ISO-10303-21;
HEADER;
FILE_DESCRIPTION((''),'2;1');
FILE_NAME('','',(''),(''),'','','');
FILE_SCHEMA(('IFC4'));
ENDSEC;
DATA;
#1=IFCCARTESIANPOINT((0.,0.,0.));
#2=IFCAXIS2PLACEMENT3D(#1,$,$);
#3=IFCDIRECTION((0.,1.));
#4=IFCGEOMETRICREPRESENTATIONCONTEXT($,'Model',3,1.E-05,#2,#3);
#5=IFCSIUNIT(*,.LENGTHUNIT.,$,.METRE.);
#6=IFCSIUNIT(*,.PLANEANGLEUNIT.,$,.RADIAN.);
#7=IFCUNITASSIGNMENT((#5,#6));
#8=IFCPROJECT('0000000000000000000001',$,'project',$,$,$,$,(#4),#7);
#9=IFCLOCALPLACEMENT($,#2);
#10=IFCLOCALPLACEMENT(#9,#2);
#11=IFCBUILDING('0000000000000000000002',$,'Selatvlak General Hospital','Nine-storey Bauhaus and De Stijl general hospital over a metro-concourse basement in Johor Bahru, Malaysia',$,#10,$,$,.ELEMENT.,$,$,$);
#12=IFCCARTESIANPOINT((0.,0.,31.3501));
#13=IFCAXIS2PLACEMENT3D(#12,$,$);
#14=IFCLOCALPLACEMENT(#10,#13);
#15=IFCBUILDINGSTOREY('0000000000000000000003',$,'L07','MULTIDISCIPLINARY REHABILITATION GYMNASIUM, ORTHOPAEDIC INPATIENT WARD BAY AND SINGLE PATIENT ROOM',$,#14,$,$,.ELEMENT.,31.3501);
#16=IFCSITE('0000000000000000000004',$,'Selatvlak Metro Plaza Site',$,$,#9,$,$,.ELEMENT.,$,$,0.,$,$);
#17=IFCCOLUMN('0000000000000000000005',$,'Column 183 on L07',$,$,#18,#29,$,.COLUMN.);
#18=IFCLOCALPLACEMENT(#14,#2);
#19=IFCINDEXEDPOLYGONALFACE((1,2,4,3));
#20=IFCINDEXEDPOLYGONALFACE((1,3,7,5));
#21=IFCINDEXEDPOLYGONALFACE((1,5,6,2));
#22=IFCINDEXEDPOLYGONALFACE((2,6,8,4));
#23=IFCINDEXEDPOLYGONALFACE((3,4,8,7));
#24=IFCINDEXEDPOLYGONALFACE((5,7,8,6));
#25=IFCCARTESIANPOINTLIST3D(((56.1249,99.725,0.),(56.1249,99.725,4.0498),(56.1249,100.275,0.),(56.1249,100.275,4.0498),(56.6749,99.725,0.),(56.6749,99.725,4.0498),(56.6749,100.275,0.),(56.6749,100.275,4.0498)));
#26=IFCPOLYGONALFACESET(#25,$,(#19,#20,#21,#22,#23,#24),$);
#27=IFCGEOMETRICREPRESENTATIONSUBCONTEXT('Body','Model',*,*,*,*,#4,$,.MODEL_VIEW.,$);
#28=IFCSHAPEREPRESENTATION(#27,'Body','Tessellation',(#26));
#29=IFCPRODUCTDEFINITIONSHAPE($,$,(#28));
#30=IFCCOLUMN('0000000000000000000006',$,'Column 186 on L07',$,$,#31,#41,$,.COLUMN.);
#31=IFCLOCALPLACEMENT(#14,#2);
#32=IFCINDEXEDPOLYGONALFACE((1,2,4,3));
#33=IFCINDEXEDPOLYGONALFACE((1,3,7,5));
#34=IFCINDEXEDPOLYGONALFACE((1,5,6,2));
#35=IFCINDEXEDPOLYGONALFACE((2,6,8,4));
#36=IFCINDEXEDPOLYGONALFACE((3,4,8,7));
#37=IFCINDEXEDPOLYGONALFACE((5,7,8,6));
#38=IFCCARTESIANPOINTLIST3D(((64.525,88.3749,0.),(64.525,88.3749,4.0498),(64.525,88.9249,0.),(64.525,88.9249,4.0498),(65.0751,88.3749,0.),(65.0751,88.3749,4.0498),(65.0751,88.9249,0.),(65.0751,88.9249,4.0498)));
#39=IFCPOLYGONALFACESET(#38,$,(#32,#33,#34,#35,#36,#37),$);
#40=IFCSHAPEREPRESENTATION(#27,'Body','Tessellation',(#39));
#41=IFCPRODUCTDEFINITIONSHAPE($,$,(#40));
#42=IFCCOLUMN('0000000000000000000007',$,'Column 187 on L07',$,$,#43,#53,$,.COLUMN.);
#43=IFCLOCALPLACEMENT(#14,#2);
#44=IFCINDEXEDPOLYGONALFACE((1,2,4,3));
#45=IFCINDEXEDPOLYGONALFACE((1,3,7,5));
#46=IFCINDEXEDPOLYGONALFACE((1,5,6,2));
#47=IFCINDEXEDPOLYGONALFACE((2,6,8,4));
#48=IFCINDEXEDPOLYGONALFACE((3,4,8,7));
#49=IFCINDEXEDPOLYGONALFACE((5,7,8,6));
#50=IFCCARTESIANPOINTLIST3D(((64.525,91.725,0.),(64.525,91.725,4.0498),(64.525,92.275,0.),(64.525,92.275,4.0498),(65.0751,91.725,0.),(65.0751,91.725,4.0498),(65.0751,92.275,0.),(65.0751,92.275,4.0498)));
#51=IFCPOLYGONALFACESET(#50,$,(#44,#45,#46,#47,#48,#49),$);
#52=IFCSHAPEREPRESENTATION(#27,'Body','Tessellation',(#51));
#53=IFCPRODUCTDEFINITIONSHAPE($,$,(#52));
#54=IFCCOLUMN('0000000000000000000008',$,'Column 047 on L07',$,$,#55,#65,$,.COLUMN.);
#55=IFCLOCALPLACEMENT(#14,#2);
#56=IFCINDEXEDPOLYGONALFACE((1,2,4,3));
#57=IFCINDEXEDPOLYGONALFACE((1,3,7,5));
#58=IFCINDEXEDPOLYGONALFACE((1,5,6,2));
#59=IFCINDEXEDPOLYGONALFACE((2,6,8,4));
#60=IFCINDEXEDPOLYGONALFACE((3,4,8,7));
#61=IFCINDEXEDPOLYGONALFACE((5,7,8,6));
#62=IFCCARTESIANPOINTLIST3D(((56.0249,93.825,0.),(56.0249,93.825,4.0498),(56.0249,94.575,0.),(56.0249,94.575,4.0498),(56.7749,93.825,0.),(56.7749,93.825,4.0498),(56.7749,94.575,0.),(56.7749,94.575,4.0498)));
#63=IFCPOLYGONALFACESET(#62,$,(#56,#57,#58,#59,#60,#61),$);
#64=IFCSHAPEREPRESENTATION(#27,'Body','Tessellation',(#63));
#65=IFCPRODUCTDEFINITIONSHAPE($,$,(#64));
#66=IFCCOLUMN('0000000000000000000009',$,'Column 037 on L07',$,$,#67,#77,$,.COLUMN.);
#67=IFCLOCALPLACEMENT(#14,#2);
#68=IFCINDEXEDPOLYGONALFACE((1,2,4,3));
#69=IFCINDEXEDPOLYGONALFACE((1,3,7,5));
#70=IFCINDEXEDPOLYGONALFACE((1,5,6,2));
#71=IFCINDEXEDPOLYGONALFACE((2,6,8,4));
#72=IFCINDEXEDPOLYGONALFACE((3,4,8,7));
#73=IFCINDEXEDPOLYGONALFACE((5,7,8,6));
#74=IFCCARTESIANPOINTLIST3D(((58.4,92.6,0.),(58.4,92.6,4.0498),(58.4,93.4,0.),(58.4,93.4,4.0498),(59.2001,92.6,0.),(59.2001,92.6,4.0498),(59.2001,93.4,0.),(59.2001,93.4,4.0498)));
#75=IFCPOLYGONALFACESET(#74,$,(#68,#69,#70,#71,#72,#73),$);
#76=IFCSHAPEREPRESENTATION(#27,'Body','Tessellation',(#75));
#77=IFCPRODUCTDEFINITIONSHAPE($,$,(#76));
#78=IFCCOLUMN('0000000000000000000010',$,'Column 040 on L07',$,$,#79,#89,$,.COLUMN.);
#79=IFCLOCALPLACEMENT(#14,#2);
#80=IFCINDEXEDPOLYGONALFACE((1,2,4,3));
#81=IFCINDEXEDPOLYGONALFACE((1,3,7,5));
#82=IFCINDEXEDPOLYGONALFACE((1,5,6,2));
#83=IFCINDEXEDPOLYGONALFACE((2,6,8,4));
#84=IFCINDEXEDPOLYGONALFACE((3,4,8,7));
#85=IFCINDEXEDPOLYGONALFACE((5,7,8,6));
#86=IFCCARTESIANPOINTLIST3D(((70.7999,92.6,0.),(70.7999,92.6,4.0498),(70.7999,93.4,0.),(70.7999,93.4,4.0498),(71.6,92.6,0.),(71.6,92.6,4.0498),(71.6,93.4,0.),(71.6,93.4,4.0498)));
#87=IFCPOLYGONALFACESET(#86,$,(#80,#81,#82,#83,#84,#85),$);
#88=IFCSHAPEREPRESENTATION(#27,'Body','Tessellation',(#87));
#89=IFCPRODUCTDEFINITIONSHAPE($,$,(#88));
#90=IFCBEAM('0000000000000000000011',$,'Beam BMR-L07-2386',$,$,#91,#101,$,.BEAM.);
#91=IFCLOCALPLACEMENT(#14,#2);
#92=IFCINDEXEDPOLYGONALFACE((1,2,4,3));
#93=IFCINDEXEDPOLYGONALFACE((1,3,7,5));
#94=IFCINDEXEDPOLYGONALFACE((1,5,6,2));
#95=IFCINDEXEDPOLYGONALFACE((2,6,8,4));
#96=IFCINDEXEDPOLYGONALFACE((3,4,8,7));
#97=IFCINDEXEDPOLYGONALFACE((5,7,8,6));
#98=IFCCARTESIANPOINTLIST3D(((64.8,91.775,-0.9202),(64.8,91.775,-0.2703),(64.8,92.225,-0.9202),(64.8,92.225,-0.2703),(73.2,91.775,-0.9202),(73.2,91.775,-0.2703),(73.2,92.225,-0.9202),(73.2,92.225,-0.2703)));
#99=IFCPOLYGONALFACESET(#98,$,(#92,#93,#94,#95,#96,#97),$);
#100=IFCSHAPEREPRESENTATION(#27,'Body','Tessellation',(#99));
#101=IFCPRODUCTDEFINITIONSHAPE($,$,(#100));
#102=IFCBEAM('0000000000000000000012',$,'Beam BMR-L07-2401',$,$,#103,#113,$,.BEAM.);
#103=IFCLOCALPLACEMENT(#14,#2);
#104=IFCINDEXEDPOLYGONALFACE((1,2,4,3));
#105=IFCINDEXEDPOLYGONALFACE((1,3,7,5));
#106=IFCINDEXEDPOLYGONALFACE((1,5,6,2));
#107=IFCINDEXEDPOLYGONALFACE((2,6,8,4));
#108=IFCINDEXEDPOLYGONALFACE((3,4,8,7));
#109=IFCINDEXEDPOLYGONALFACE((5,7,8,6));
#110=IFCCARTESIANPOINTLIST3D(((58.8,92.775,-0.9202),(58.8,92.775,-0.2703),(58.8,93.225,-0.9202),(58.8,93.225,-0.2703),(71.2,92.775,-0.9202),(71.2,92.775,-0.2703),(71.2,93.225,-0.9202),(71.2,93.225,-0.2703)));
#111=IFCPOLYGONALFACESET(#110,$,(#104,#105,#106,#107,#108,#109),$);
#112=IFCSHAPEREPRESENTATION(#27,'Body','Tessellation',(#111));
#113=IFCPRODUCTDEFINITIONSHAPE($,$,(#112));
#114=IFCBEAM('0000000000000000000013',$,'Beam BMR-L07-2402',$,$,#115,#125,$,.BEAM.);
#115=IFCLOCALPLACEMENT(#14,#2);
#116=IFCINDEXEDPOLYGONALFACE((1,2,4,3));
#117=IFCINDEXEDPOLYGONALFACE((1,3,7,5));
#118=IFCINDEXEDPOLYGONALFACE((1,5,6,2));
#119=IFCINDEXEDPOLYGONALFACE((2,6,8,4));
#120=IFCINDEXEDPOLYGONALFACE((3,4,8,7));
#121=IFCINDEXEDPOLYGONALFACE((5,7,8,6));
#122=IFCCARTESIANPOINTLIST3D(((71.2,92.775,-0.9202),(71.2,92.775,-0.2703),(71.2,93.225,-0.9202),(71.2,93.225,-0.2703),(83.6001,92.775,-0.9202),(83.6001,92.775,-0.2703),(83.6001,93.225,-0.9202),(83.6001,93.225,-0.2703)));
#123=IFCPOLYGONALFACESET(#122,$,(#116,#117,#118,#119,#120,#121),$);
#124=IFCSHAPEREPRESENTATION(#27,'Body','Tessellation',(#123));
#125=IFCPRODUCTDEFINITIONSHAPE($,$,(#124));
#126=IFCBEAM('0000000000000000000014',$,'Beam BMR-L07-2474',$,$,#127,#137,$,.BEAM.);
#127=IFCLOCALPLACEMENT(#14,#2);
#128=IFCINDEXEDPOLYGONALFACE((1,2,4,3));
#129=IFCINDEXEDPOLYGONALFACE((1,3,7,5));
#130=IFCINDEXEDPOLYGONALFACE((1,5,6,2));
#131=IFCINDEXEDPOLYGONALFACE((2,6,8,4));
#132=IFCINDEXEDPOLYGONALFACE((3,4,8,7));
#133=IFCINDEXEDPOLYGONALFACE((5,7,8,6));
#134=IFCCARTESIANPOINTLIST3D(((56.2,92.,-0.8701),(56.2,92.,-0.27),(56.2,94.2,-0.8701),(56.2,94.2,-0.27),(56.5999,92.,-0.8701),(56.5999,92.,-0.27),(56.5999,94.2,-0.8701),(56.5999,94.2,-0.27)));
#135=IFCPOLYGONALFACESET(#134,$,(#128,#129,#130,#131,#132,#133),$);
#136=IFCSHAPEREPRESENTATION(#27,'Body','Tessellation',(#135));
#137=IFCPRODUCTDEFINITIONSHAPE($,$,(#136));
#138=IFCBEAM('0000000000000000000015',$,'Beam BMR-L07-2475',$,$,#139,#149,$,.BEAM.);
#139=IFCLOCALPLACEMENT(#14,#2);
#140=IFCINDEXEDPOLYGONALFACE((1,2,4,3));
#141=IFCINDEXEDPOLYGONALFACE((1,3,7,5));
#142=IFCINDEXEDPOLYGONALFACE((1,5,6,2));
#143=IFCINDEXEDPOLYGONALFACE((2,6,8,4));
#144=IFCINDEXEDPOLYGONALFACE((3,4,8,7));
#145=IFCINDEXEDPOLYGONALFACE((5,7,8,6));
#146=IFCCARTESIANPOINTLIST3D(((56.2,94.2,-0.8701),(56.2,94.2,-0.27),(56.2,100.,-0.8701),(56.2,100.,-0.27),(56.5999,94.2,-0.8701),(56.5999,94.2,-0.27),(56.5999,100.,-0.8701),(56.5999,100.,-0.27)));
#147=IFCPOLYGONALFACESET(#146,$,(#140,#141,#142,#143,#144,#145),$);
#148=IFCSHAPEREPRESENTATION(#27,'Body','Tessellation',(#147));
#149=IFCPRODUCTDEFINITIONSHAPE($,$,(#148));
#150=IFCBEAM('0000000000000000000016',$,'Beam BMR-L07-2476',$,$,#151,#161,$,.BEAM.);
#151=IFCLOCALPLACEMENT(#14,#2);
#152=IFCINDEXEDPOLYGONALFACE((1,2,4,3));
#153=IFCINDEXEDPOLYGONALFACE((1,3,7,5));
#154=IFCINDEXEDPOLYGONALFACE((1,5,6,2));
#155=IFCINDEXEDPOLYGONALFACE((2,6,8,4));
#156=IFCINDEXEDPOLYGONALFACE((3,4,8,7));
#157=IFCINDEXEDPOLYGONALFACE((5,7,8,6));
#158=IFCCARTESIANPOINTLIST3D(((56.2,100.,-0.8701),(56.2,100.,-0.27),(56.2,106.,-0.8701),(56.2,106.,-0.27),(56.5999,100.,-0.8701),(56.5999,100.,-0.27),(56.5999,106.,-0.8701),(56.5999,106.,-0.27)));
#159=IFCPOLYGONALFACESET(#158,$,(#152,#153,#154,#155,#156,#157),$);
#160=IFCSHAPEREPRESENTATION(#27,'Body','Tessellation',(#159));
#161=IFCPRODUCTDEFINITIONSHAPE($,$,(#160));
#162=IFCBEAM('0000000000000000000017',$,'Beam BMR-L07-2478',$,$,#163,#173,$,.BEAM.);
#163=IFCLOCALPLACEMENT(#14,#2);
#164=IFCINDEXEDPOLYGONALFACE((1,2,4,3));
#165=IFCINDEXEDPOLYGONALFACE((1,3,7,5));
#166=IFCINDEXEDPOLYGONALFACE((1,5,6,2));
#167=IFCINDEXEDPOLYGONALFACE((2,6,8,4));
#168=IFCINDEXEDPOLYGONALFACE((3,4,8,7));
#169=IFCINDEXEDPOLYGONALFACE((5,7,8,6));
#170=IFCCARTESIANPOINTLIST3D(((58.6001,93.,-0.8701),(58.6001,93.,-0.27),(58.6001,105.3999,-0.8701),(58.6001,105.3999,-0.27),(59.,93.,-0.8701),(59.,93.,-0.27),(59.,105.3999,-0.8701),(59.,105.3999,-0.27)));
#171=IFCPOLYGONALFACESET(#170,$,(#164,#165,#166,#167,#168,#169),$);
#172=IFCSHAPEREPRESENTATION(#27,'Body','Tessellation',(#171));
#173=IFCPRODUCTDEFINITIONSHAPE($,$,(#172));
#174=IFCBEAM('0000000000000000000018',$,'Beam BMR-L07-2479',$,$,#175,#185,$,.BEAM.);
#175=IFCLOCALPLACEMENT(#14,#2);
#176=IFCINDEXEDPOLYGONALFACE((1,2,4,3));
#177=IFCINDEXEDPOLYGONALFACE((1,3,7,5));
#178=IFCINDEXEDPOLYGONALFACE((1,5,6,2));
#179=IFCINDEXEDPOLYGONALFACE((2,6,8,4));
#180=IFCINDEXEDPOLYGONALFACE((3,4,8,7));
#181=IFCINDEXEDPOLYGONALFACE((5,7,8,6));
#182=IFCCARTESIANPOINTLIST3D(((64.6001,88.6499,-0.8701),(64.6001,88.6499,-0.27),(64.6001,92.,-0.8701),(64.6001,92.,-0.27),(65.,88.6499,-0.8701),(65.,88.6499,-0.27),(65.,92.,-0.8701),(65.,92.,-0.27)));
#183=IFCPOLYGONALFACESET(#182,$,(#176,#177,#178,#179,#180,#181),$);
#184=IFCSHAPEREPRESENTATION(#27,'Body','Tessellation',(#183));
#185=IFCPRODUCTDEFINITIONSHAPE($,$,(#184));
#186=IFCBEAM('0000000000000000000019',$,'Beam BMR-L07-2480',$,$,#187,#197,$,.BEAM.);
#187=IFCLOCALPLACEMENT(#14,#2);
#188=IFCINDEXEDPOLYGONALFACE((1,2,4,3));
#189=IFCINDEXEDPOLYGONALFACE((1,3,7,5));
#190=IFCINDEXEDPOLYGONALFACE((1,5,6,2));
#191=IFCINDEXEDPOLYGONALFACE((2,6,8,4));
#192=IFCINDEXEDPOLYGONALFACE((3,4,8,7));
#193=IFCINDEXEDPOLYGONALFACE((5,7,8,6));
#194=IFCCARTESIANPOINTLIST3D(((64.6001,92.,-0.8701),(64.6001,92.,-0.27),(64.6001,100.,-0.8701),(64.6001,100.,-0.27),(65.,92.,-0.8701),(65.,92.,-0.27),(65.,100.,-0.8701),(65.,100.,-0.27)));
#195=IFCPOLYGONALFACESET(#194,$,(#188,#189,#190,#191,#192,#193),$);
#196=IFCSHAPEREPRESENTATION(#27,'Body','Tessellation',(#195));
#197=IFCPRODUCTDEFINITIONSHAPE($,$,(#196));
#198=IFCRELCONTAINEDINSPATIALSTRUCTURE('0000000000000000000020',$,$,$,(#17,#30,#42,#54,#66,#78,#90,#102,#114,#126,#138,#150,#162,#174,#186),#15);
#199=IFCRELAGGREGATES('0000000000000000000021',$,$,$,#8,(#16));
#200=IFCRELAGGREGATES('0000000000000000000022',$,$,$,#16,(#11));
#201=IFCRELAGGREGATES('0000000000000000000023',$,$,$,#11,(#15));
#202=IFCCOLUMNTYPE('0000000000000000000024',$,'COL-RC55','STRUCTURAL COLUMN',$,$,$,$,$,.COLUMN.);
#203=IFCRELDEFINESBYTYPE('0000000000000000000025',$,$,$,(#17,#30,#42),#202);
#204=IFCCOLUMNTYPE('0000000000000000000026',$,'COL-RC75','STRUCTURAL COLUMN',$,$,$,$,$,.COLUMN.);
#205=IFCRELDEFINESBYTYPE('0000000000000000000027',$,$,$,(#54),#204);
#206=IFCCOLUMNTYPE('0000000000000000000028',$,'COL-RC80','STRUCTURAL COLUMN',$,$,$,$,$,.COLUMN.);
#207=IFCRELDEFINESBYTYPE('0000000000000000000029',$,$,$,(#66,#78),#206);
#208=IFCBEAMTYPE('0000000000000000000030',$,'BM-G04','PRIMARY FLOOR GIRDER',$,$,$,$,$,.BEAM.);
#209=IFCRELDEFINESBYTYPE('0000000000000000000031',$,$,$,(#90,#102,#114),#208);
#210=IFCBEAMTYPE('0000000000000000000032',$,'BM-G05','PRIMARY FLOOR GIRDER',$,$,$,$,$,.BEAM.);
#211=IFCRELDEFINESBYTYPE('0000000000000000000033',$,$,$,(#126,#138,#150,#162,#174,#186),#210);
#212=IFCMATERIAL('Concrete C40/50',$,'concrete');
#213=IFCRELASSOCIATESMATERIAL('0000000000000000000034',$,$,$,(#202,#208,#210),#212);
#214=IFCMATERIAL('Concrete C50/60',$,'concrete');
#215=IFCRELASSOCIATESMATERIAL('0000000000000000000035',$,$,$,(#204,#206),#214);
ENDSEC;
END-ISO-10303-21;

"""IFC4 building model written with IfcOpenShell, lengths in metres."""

from ifc_helpers import new_model, si_unit, direction, frame, origin, origin_2d, place, context, subcontext, project, spatial, rectangle, extrude, material, material_profile, profile_set, type_object, element, save


model = new_model("IFC4")

# Units and contexts
model_context = context("Model", 3, precision=1e-05, world=origin(), true_north=direction((0.0, 1.0)))
body_context = subcontext(model_context, "Body", "Model", "MODEL_VIEW")
ifc_project = project(units=[si_unit("LENGTHUNIT", "METRE"), si_unit("PLANEANGLEUNIT", "RADIAN")], contexts=[model_context])

# Site, building, storey
site_placement = place(None, origin())
site = spatial("IfcSite", under=ifc_project, at=site_placement, Name="Selatvlak Metro Plaza Site", CompositionType="ELEMENT", RefElevation=0.0)
building_placement = place(site_placement, origin())
building = spatial("IfcBuilding", under=site, at=building_placement, Name="Selatvlak General Hospital", Description="Nine-storey Bauhaus and De Stijl general hospital over a metro-concourse basement in Johor Bahru, Malaysia", CompositionType="ELEMENT")
storey_placement = place(building_placement, frame((0.0, 0.0, 31.3501)))
storey = spatial("IfcBuildingStorey", under=building, at=storey_placement, Name="L07", Description="MULTIDISCIPLINARY REHABILITATION GYMNASIUM, ORTHOPAEDIC INPATIENT WARD BAY AND SINGLE PATIENT ROOM", CompositionType="ELEMENT", Elevation=31.3501)

# Columns
ifc_material_1 = material(Name="Concrete C40/50", Category="concrete")
ifc_material_profile_1 = material_profile(ifc_material_1, rectangle(XDim=0.55, YDim=0.55, at=origin_2d()), Name="RC-COL 550x550")
ifc_profile_set_1 = profile_set([ifc_material_profile_1], Name="Concrete C40/50")
column_type_1 = type_object("IfcColumnType", Name="COL-RC55", Description="STRUCTURAL COLUMN", PredefinedType="COLUMN", material=ifc_profile_set_1)
for number, where, z_axis, x_axis, name in (
    (1, (56.3999, 100.0, 0.0), (0.0, 0.0, 1.0), (1.0, 0.0, 0.0), "Column 183 on L07"),
    (2, (64.8, 88.6499, 0.0), (0.0, 0.0, 1.0), (1.0, 0.0, 0.0), "Column 186 on L07"),
    (3, (64.8, 92.0, 0.0), (0.0, 0.0, 1.0), (1.0, 0.0, 0.0), "Column 187 on L07"),
):
    element("IfcColumn", number, at=place(storey_placement, frame(where, z_axis=z_axis, x_axis=x_axis)), inside=storey, type_object=column_type_1, Name=name, PredefinedType="COLUMN", context=body_context, shape_type="SweptSolid", body=[
        extrude(rectangle(XDim=0.55, YDim=0.55, at=origin_2d()), origin(), (0.0, 0.0, 1.0), 4.0498),
    ])
ifc_material_2 = material(Name="Concrete C50/60", Category="concrete")
ifc_material_profile_2 = material_profile(ifc_material_2, rectangle(XDim=0.75, YDim=0.75, at=origin_2d()), Name="RC-COL 750x750")
ifc_profile_set_2 = profile_set([ifc_material_profile_2], Name="Concrete C50/60")
column_type_2 = type_object("IfcColumnType", Name="COL-RC75", Description="STRUCTURAL COLUMN", PredefinedType="COLUMN", material=ifc_profile_set_2)
column_placement = place(storey_placement, frame((56.3999, 94.2, 0.0), z_axis=(0.0, 0.0, 1.0), x_axis=(1.0, 0.0, 0.0)))
element("IfcColumn", 4, at=column_placement, inside=storey, type_object=column_type_2, Name="Column 047 on L07", PredefinedType="COLUMN", context=body_context, shape_type="SweptSolid", body=[
    extrude(rectangle(XDim=0.75, YDim=0.75, at=origin_2d()), origin(), (0.0, 0.0, 1.0), 4.0498),
])
ifc_material_profile_3 = material_profile(ifc_material_2, rectangle(XDim=0.8, YDim=0.8, at=origin_2d()), Name="RC-COL 800x800")
ifc_profile_set_3 = profile_set([ifc_material_profile_3], Name="Concrete C50/60")
column_type_3 = type_object("IfcColumnType", Name="COL-RC80", Description="STRUCTURAL COLUMN", PredefinedType="COLUMN", material=ifc_profile_set_3)
for number, where, z_axis, x_axis, name in (
    (5, (58.8, 93.0, 0.0), (0.0, 0.0, 1.0), (1.0, 0.0, 0.0), "Column 037 on L07"),
    (6, (71.2, 93.0, 0.0), (0.0, 0.0, 1.0), (1.0, 0.0, 0.0), "Column 040 on L07"),
):
    element("IfcColumn", number, at=place(storey_placement, frame(where, z_axis=z_axis, x_axis=x_axis)), inside=storey, type_object=column_type_3, Name=name, PredefinedType="COLUMN", context=body_context, shape_type="SweptSolid", body=[
        extrude(rectangle(XDim=0.8, YDim=0.8, at=origin_2d()), origin(), (0.0, 0.0, 1.0), 4.0498),
    ])

# Beams
ifc_material_profile_4 = material_profile(ifc_material_1, rectangle(XDim=0.45, YDim=0.6499, at=origin_2d()), Name="RC-BM 450x650")
ifc_profile_set_4 = profile_set([ifc_material_profile_4], Name="Concrete C40/50")
beam_type_1 = type_object("IfcBeamType", Name="BM-G04", Description="PRIMARY FLOOR GIRDER", PredefinedType="BEAM", material=ifc_profile_set_4)
beam_1_placement = place(storey_placement, frame((64.8, 92.0, -0.5952), z_axis=(1.0, 0.0, 0.0), x_axis=(0.0, 1.0, 0.0)))
element("IfcBeam", 7, at=beam_1_placement, inside=storey, type_object=beam_type_1, Name="Beam BMR-L07-2386", PredefinedType="BEAM", context=body_context, shape_type="SweptSolid", body=[
    extrude(rectangle(XDim=0.45, YDim=0.6499, at=origin_2d()), origin(), (0.0, 0.0, 1.0), 8.3999),
])
beam_2_placement = place(storey_placement, frame((58.8, 93.0, -0.5952), z_axis=(1.0, 0.0, 0.0), x_axis=(0.0, 1.0, 0.0)))
element("IfcBeam", 8, at=beam_2_placement, inside=storey, type_object=beam_type_1, Name="Beam BMR-L07-2401", PredefinedType="BEAM", context=body_context, shape_type="SweptSolid", body=[
    extrude(rectangle(XDim=0.45, YDim=0.6499, at=origin_2d()), origin(), (0.0, 0.0, 1.0), 12.3999),
])
beam_3_placement = place(storey_placement, frame((71.2, 93.0, -0.5952), z_axis=(1.0, 0.0, 0.0), x_axis=(0.0, 1.0, 0.0)))
element("IfcBeam", 9, at=beam_3_placement, inside=storey, type_object=beam_type_1, Name="Beam BMR-L07-2402", PredefinedType="BEAM", context=body_context, shape_type="SweptSolid", body=[
    extrude(rectangle(XDim=0.45, YDim=0.6499, at=origin_2d()), origin(), (0.0, 0.0, 1.0), 12.4001),
])
ifc_material_profile_5 = material_profile(ifc_material_1, rectangle(XDim=0.3999, YDim=0.6001, at=origin_2d()), Name="RC-BM 400x600")
ifc_profile_set_5 = profile_set([ifc_material_profile_5], Name="Concrete C40/50")
beam_type_2 = type_object("IfcBeamType", Name="BM-G05", Description="PRIMARY FLOOR GIRDER", PredefinedType="BEAM", material=ifc_profile_set_5)
beam_4_placement = place(storey_placement, frame((56.3999, 92.0, -0.5701), z_axis=(0.0, 1.0, 0.0), x_axis=(-1.0, 0.0, 0.0)))
element("IfcBeam", 10, at=beam_4_placement, inside=storey, type_object=beam_type_2, Name="Beam BMR-L07-2474", PredefinedType="BEAM", context=body_context, shape_type="SweptSolid", body=[
    extrude(rectangle(XDim=0.3999, YDim=0.6001, at=origin_2d()), origin(), (0.0, 0.0, 1.0), 2.2),
])
beam_5_placement = place(storey_placement, frame((56.3999, 94.2, -0.5701), z_axis=(0.0, 1.0, 0.0), x_axis=(-1.0, 0.0, 0.0)))
element("IfcBeam", 11, at=beam_5_placement, inside=storey, type_object=beam_type_2, Name="Beam BMR-L07-2475", PredefinedType="BEAM", context=body_context, shape_type="SweptSolid", body=[
    extrude(rectangle(XDim=0.3999, YDim=0.6001, at=origin_2d()), origin(), (0.0, 0.0, 1.0), 5.8),
])
beam_6_placement = place(storey_placement, frame((56.3999, 100.0, -0.5701), z_axis=(0.0, 1.0, 0.0), x_axis=(-1.0, 0.0, 0.0)))
element("IfcBeam", 12, at=beam_6_placement, inside=storey, type_object=beam_type_2, Name="Beam BMR-L07-2476", PredefinedType="BEAM", context=body_context, shape_type="SweptSolid", body=[
    extrude(rectangle(XDim=0.3999, YDim=0.6001, at=origin_2d()), origin(), (0.0, 0.0, 1.0), 6.0),
])
beam_7_placement = place(storey_placement, frame((58.8, 93.0, -0.5701), z_axis=(0.0, 1.0, 0.0), x_axis=(-1.0, 0.0, 0.0)))
element("IfcBeam", 13, at=beam_7_placement, inside=storey, type_object=beam_type_2, Name="Beam BMR-L07-2478", PredefinedType="BEAM", context=body_context, shape_type="SweptSolid", body=[
    extrude(rectangle(XDim=0.3999, YDim=0.6001, at=origin_2d()), origin(), (0.0, 0.0, 1.0), 12.3999),
])
beam_8_placement = place(storey_placement, frame((64.8, 88.6499, -0.5701), z_axis=(0.0, 1.0, 0.0), x_axis=(-1.0, 0.0, 0.0)))
element("IfcBeam", 14, at=beam_8_placement, inside=storey, type_object=beam_type_2, Name="Beam BMR-L07-2479", PredefinedType="BEAM", context=body_context, shape_type="SweptSolid", body=[
    extrude(rectangle(XDim=0.3999, YDim=0.6001, at=origin_2d()), origin(), (0.0, 0.0, 1.0), 3.3501),
])
beam_9_placement = place(storey_placement, frame((64.8, 92.0, -0.5701), z_axis=(0.0, 1.0, 0.0), x_axis=(-1.0, 0.0, 0.0)))
element("IfcBeam", 15, at=beam_9_placement, inside=storey, type_object=beam_type_2, Name="Beam BMR-L07-2480", PredefinedType="BEAM", context=body_context, shape_type="SweptSolid", body=[
    extrude(rectangle(XDim=0.3999, YDim=0.6001, at=origin_2d()), origin(), (0.0, 0.0, 1.0), 8.0),
])

save(model, "model.ifc")
